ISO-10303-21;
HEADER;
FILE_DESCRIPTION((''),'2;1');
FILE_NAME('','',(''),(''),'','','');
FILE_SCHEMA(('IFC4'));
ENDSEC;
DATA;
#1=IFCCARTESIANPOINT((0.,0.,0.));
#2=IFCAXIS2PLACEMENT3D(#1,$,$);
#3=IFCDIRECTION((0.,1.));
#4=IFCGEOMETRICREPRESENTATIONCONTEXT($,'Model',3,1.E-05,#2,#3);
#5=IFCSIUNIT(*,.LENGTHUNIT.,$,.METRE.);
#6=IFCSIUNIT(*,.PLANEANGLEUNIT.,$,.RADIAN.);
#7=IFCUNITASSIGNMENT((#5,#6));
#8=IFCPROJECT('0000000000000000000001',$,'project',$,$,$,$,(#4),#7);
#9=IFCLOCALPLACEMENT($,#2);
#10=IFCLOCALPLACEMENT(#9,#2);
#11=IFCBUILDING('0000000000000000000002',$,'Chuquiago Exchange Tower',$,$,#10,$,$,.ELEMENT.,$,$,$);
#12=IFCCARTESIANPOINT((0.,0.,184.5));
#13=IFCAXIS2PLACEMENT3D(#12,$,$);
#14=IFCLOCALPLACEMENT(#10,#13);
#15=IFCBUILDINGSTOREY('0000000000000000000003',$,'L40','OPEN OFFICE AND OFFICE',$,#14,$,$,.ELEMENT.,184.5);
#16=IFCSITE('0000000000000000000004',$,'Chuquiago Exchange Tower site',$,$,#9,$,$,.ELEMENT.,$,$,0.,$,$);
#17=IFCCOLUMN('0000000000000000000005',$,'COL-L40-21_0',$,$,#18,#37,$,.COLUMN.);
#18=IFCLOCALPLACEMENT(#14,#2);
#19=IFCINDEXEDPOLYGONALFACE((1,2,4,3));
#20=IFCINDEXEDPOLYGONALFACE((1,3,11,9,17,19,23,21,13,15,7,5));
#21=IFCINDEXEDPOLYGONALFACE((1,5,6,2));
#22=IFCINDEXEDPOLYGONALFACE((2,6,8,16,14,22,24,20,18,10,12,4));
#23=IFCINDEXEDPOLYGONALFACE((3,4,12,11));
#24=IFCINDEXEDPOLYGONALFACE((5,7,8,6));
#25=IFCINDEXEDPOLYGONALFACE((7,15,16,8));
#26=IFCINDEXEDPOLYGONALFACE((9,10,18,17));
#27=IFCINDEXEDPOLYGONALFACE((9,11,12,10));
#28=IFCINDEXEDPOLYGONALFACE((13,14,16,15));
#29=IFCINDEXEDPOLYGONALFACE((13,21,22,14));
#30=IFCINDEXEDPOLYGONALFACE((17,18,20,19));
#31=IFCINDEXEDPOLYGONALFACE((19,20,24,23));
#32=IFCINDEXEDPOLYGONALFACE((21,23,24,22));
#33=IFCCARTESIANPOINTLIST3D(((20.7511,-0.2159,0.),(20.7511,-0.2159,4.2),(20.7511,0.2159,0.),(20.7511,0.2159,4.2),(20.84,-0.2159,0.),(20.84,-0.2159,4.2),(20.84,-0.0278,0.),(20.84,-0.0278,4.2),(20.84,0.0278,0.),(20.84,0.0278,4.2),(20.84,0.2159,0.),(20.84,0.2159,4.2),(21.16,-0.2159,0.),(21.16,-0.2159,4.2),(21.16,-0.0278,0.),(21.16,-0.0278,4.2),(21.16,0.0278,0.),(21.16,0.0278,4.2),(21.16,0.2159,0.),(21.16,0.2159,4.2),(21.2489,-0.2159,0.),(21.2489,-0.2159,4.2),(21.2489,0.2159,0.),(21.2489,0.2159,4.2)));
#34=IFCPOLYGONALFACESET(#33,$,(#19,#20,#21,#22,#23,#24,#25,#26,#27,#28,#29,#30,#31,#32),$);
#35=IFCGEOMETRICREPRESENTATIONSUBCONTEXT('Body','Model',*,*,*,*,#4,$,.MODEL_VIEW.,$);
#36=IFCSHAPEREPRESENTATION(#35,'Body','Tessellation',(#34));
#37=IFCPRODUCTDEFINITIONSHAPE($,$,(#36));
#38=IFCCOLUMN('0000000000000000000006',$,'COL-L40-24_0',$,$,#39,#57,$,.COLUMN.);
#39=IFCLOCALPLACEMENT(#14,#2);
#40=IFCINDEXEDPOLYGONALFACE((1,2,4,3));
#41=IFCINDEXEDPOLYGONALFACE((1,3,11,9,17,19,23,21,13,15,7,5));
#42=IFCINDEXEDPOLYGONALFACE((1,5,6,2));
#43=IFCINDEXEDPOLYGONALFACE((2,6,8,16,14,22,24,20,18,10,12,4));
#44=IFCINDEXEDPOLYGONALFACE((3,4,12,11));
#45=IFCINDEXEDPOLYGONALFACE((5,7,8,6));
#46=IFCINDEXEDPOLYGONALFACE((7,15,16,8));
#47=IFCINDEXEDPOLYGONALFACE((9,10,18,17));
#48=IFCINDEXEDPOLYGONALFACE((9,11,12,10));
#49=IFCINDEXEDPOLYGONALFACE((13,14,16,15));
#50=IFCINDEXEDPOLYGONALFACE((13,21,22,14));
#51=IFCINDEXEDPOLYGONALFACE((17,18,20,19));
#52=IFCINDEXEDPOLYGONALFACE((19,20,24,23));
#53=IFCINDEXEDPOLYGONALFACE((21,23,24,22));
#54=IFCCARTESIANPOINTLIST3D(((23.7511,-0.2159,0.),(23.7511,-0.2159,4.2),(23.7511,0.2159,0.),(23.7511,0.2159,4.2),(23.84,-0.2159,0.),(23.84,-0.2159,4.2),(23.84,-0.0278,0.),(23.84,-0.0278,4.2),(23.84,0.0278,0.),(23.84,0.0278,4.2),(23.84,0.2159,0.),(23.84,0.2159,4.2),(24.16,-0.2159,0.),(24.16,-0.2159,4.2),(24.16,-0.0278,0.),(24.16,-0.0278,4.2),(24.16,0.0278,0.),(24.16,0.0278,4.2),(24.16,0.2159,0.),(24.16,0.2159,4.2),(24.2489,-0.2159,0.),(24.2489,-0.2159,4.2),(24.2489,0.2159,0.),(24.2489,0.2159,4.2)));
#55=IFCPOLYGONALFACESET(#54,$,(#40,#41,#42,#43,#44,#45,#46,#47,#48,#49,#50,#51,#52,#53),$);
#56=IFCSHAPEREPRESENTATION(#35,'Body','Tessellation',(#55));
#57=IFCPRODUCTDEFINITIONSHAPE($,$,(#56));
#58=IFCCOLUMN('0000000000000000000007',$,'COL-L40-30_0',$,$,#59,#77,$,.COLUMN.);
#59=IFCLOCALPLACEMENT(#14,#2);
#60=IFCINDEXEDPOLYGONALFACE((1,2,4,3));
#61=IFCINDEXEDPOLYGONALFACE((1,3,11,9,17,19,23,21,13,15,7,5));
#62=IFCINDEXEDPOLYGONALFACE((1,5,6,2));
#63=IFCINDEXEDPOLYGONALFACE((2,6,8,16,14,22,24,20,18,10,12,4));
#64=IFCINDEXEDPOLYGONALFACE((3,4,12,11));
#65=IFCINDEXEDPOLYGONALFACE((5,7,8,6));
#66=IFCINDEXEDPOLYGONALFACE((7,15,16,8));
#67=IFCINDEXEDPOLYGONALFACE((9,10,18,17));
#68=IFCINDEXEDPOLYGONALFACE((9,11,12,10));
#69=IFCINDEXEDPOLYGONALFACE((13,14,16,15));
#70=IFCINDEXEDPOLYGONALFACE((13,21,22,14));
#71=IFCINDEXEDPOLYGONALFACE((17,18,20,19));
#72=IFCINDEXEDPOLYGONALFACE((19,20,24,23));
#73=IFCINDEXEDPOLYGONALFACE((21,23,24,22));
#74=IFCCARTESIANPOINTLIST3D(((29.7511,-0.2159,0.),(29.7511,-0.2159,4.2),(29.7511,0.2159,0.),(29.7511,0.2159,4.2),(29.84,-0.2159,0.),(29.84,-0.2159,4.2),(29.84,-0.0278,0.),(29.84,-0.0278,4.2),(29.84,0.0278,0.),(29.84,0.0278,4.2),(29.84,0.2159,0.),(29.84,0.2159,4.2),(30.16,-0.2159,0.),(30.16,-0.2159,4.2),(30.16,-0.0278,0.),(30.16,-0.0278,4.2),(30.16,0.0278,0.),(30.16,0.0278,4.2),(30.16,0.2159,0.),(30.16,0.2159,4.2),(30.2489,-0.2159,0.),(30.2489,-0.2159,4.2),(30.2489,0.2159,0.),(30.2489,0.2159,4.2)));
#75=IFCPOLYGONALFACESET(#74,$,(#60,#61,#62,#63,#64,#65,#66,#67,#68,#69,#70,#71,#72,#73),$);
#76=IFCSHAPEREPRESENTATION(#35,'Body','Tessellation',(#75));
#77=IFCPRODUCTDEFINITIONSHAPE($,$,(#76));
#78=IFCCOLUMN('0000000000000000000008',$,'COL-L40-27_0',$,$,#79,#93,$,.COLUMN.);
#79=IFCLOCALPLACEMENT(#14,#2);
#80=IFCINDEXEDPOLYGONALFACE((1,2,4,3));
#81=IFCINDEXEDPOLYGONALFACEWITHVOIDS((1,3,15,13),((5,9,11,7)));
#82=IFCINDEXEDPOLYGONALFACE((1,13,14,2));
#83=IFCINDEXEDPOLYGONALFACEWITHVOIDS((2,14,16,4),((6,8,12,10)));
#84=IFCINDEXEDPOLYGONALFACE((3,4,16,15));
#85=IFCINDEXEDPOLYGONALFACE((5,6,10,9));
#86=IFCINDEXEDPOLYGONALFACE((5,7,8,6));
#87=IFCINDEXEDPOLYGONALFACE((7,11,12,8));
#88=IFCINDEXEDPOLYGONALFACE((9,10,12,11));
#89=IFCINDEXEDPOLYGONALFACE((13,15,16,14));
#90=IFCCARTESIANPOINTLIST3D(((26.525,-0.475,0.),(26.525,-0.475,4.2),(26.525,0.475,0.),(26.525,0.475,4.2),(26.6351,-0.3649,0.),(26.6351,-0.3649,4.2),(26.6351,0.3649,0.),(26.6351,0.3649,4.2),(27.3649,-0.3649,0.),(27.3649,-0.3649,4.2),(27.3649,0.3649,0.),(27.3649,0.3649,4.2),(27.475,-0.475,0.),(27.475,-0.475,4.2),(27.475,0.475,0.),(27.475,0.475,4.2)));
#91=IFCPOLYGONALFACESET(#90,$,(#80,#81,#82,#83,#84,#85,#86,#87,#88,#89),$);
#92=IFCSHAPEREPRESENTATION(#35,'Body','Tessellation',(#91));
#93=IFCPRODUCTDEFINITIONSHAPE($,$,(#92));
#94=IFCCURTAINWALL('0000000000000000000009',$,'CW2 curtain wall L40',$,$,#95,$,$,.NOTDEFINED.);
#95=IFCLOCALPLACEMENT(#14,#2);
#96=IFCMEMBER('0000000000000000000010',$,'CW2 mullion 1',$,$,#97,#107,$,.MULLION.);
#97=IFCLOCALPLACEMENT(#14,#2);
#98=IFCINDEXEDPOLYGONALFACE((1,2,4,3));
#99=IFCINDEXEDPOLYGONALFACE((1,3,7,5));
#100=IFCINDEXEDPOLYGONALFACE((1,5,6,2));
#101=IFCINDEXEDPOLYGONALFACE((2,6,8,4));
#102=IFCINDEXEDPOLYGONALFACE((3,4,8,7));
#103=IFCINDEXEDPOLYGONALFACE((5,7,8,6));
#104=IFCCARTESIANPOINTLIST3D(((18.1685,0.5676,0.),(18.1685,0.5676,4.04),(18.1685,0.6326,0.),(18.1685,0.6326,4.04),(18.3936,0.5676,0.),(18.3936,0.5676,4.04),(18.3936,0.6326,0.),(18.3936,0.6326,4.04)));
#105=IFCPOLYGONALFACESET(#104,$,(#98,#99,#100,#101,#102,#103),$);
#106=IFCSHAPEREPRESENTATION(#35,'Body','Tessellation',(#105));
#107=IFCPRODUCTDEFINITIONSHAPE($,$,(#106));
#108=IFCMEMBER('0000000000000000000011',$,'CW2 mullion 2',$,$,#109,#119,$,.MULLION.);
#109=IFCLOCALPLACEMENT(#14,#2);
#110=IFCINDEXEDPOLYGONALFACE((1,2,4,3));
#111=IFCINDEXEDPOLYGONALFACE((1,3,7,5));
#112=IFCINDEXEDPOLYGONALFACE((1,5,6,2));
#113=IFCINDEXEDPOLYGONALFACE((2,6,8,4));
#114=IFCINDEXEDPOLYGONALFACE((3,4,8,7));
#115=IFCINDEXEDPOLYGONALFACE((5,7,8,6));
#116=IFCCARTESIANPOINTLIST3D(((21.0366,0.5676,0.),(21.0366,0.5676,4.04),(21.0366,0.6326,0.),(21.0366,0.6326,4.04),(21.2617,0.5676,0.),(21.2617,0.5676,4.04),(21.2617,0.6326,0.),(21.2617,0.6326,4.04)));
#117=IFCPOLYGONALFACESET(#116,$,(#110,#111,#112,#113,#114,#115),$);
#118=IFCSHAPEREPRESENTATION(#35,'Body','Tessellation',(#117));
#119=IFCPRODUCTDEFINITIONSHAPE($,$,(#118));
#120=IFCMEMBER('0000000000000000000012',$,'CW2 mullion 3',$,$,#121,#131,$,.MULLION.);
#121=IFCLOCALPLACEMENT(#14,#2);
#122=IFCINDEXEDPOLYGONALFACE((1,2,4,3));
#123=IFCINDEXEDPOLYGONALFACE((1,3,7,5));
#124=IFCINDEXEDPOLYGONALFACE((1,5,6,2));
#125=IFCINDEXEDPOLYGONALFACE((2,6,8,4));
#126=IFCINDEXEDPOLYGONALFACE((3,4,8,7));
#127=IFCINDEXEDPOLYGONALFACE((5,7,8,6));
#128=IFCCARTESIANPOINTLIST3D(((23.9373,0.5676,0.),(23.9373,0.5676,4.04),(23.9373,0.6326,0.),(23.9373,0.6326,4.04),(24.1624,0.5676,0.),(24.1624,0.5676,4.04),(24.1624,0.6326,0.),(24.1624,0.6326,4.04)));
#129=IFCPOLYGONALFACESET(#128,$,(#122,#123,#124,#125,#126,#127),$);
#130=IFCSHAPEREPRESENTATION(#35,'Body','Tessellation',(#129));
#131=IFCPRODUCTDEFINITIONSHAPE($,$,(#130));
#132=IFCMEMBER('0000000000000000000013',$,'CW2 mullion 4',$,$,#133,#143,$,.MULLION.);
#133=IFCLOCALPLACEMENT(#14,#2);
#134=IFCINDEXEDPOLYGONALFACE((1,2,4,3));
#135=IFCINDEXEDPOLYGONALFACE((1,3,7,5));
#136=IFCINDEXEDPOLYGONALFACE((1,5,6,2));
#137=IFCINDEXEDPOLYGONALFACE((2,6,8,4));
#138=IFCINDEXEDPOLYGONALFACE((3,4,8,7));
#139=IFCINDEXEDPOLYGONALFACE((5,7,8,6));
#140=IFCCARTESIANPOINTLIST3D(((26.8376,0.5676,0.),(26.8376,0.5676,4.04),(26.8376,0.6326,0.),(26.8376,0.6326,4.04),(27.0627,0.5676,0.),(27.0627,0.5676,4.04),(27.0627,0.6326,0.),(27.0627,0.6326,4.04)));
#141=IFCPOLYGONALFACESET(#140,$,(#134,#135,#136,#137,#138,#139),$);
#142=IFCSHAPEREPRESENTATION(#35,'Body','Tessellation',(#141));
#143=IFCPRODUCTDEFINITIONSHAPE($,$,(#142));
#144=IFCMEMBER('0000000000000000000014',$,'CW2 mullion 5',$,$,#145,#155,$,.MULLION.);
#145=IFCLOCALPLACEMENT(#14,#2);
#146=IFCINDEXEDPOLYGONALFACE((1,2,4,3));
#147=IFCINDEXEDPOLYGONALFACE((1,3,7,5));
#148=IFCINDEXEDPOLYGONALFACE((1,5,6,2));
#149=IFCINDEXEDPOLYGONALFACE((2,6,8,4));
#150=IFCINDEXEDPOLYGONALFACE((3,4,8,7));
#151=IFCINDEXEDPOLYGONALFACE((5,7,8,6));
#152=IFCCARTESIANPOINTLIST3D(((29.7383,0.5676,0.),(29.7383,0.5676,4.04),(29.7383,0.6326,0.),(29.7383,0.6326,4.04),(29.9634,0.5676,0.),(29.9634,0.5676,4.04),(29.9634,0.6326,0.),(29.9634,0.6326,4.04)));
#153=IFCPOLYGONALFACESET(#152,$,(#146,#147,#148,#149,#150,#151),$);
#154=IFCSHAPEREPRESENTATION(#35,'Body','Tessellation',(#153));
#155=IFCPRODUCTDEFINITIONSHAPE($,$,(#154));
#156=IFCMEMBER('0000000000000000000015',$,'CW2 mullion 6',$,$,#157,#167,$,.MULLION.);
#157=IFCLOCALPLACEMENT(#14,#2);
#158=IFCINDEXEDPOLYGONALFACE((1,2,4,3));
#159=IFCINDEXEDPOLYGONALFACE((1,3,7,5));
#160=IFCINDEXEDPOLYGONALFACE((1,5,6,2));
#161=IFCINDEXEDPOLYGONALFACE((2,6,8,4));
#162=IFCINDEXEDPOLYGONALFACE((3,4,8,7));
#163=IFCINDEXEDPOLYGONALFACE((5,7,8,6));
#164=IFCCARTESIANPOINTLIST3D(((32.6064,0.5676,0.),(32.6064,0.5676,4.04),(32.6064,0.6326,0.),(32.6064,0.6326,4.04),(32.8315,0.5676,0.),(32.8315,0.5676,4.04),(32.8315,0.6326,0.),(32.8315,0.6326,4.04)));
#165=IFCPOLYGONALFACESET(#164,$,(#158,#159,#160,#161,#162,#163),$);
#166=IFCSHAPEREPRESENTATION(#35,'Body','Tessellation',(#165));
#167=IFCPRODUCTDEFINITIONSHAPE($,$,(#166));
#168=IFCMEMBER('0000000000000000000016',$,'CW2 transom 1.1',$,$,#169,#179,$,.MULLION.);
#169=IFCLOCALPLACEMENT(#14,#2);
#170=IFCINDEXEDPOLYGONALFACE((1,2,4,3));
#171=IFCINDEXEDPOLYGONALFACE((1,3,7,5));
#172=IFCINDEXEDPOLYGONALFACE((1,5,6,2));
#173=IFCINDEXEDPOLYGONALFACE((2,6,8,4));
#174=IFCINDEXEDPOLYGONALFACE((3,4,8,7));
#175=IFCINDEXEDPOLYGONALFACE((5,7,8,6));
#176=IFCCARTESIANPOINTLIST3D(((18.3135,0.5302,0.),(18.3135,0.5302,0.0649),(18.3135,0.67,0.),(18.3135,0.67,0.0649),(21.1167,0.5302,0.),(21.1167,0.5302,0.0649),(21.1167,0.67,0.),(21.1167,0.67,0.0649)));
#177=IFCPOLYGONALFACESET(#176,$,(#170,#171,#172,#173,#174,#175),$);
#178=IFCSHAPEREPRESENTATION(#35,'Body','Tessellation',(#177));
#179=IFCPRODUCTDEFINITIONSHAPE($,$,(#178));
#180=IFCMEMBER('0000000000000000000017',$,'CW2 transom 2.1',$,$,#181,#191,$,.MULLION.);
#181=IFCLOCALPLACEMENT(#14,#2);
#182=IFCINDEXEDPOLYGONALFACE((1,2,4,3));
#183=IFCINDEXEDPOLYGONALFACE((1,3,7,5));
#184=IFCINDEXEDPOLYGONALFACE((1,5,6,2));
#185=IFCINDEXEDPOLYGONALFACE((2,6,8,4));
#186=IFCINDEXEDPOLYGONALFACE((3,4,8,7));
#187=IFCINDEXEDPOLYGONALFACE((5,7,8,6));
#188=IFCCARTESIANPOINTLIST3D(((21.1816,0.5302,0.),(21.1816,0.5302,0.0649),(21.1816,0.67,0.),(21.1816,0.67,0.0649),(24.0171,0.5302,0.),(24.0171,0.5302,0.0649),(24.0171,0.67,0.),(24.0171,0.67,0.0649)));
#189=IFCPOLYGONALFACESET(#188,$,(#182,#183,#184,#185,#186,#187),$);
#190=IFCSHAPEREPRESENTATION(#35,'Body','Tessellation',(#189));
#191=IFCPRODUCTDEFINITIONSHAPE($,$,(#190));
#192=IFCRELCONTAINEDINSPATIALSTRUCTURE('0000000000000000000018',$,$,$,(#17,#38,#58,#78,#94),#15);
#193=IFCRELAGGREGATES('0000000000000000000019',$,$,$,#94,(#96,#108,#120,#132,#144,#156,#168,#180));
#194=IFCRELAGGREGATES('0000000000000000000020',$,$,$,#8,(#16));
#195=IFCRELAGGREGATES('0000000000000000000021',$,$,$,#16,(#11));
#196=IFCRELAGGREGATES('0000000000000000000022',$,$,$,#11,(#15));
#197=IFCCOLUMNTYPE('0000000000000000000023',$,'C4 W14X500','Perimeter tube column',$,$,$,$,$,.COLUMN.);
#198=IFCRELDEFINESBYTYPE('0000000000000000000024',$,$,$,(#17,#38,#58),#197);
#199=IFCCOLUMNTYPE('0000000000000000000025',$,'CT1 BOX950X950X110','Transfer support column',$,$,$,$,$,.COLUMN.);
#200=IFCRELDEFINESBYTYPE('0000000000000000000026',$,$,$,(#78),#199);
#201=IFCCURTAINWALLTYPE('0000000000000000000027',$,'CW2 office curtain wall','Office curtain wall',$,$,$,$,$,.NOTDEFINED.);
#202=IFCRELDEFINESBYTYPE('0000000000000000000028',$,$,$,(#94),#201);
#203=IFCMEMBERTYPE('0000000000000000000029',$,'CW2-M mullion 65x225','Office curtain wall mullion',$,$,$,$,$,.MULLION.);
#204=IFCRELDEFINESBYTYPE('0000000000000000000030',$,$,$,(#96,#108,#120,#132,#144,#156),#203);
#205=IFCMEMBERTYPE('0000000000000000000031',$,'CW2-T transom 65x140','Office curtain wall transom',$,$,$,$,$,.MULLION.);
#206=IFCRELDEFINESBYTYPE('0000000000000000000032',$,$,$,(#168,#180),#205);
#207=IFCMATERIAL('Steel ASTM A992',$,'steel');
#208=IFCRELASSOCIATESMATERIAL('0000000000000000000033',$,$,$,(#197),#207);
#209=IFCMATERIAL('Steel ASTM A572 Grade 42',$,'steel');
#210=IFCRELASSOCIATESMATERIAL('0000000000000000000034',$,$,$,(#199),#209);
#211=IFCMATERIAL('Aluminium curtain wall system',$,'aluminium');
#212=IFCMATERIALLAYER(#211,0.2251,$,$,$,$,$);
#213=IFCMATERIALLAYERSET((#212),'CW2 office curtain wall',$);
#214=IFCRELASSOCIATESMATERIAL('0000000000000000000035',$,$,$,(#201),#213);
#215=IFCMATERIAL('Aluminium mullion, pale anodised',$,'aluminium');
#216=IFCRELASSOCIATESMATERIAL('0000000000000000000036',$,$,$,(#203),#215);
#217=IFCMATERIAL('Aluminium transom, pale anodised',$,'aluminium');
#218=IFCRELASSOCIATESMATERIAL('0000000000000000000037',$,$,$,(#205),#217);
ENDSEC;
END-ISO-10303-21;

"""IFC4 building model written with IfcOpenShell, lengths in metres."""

from ifc_helpers import new_model, si_unit, direction, frame, origin, origin_2d, place, context, subcontext, project, spatial, rectangle, hollow_rectangle, i_section, extrude, material, layer, layer_set, material_profile, profile_set, type_object, element, aggregate, save


model = new_model("IFC4")

# Units and contexts
model_context = context("Model", 3, precision=1e-05, world=origin(), true_north=direction((0.0, 1.0)))
body_context = subcontext(model_context, "Body", "Model", "MODEL_VIEW")
ifc_project = project(units=[si_unit("LENGTHUNIT", "METRE"), si_unit("PLANEANGLEUNIT", "RADIAN")], contexts=[model_context])

# Site, building, storey
site_placement = place(None, origin())
site = spatial("IfcSite", under=ifc_project, at=site_placement, Name="Chuquiago Exchange Tower site", CompositionType="ELEMENT", RefElevation=0.0)
building_placement = place(site_placement, origin())
building = spatial("IfcBuilding", under=site, at=building_placement, Name="Chuquiago Exchange Tower", CompositionType="ELEMENT")
storey_placement = place(building_placement, frame((0.0, 0.0, 184.5)))
storey = spatial("IfcBuildingStorey", under=building, at=storey_placement, Name="L40", Description="OPEN OFFICE AND OFFICE", CompositionType="ELEMENT", Elevation=184.5)

# Columns
ifc_material_1 = material(Name="Steel ASTM A992", Category="steel")
ifc_material_profile_1 = material_profile(ifc_material_1, i_section(OverallWidth=0.4319, OverallDepth=0.4978, WebThickness=0.0557, FlangeThickness=0.0889, at=origin_2d()), Name="W14X500")
ifc_profile_set_1 = profile_set([ifc_material_profile_1], Name="Steel ASTM A992")
column_type_1 = type_object("IfcColumnType", Name="C4 W14X500", Description="Perimeter tube column", PredefinedType="COLUMN", material=ifc_profile_set_1)
for number, where, z_axis, x_axis, name in (
    (1, (21.0, 0.0, 0.0), (0.0, 0.0, 1.0), (0.0, -1.0, 0.0), "COL-L40-21_0"),
    (2, (24.0, 0.0, 0.0), (0.0, 0.0, 1.0), (0.0, -1.0, 0.0), "COL-L40-24_0"),
    (3, (30.0, 0.0, 0.0), (0.0, 0.0, 1.0), (0.0, -1.0, 0.0), "COL-L40-30_0"),
):
    element("IfcColumn", number, at=place(storey_placement, frame(where, z_axis=z_axis, x_axis=x_axis)), inside=storey, type_object=column_type_1, Name=name, PredefinedType="COLUMN", context=body_context, shape_type="SweptSolid", body=[
        extrude(i_section(OverallWidth=0.4319, OverallDepth=0.4978, WebThickness=0.0557, FlangeThickness=0.0889, at=origin_2d()), origin(), (0.0, 0.0, 1.0), 4.2),
    ])
ifc_material_2 = material(Name="Steel ASTM A572 Grade 42", Category="steel")
ifc_material_profile_2 = material_profile(ifc_material_2, hollow_rectangle(XDim=0.95, YDim=0.95, WallThickness=0.1101, at=origin_2d()), Name="BOX950X950X110")
ifc_profile_set_2 = profile_set([ifc_material_profile_2], Name="Steel ASTM A572 Grade 42")
column_type_2 = type_object("IfcColumnType", Name="CT1 BOX950X950X110", Description="Transfer support column", PredefinedType="COLUMN", material=ifc_profile_set_2)
column_placement = place(storey_placement, frame((27.0, 0.0, 0.0), z_axis=(0.0, 0.0, 1.0), x_axis=(0.0, -1.0, 0.0)))
element("IfcColumn", 4, at=column_placement, inside=storey, type_object=column_type_2, Name="COL-L40-27_0", PredefinedType="COLUMN", context=body_context, shape_type="SweptSolid", body=[
    extrude(hollow_rectangle(XDim=0.95, YDim=0.95, WallThickness=0.1101, at=origin_2d()), origin(), (0.0, 0.0, 1.0), 4.2),
])

# Curtain wall, members
ifc_material_3 = material(Name="Aluminium curtain wall system", Category="aluminium")
ifc_layer_1 = layer(ifc_material_3, 0.2251)
ifc_layer_set_1 = layer_set([ifc_layer_1], Name="CW2 office curtain wall")
curtain_wall_type = type_object("IfcCurtainWallType", Name="CW2 office curtain wall", Description="Office curtain wall", PredefinedType="NOTDEFINED", material=ifc_layer_set_1)
curtain_wall_placement = place(storey_placement, origin())
curtain_wall = element("IfcCurtainWall", 5, at=curtain_wall_placement, inside=storey, type_object=curtain_wall_type, Name="CW2 curtain wall L40", PredefinedType="NOTDEFINED")
ifc_material_4 = material(Name="Aluminium mullion, pale anodised", Category="aluminium")
ifc_material_profile_3 = material_profile(ifc_material_4, rectangle(XDim=0.0649, YDim=0.2251, at=origin_2d()), Name="AL 65x225")
ifc_profile_set_3 = profile_set([ifc_material_profile_3], Name="Aluminium mullion, pale anodised")
member_type_1 = type_object("IfcMemberType", Name="CW2-M mullion 65x225", Description="Office curtain wall mullion", PredefinedType="MULLION", material=ifc_profile_set_3)
member_1_placement = place(storey_placement, frame((18.281, 0.6001, 0.0), z_axis=(0.0, 0.0, 1.0), x_axis=(0.0, 1.0, 0.0)))
member_1 = element("IfcMember", 6, at=member_1_placement, type_object=member_type_1, Name="CW2 mullion 1", PredefinedType="MULLION", context=body_context, shape_type="SweptSolid", body=[
    extrude(rectangle(XDim=0.0649, YDim=0.2251, at=origin_2d()), origin(), (0.0, 0.0, 1.0), 4.04),
])
member_2_placement = place(storey_placement, frame((21.1492, 0.6001, 0.0), z_axis=(0.0, 0.0, 1.0), x_axis=(0.0, 1.0, 0.0)))
member_2 = element("IfcMember", 7, at=member_2_placement, type_object=member_type_1, Name="CW2 mullion 2", PredefinedType="MULLION", context=body_context, shape_type="SweptSolid", body=[
    extrude(rectangle(XDim=0.0649, YDim=0.2251, at=origin_2d()), origin(), (0.0, 0.0, 1.0), 4.04),
])
member_3_placement = place(storey_placement, frame((24.0498, 0.6001, 0.0), z_axis=(0.0, 0.0, 1.0), x_axis=(0.0, 1.0, 0.0)))
member_3 = element("IfcMember", 8, at=member_3_placement, type_object=member_type_1, Name="CW2 mullion 3", PredefinedType="MULLION", context=body_context, shape_type="SweptSolid", body=[
    extrude(rectangle(XDim=0.0649, YDim=0.2251, at=origin_2d()), origin(), (0.0, 0.0, 1.0), 4.04),
])
member_4_placement = place(storey_placement, frame((26.9502, 0.6001, 0.0), z_axis=(0.0, 0.0, 1.0), x_axis=(0.0, 1.0, 0.0)))
member_4 = element("IfcMember", 9, at=member_4_placement, type_object=member_type_1, Name="CW2 mullion 4", PredefinedType="MULLION", context=body_context, shape_type="SweptSolid", body=[
    extrude(rectangle(XDim=0.0649, YDim=0.2251, at=origin_2d()), origin(), (0.0, 0.0, 1.0), 4.04),
])
member_5_placement = place(storey_placement, frame((29.8508, 0.6001, 0.0), z_axis=(0.0, 0.0, 1.0), x_axis=(0.0, 1.0, 0.0)))
member_5 = element("IfcMember", 10, at=member_5_placement, type_object=member_type_1, Name="CW2 mullion 5", PredefinedType="MULLION", context=body_context, shape_type="SweptSolid", body=[
    extrude(rectangle(XDim=0.0649, YDim=0.2251, at=origin_2d()), origin(), (0.0, 0.0, 1.0), 4.04),
])
member_6_placement = place(storey_placement, frame((32.719, 0.6001, 0.0), z_axis=(0.0, 0.0, 1.0), x_axis=(0.0, 1.0, 0.0)))
member_6 = element("IfcMember", 11, at=member_6_placement, type_object=member_type_1, Name="CW2 mullion 6", PredefinedType="MULLION", context=body_context, shape_type="SweptSolid", body=[
    extrude(rectangle(XDim=0.0649, YDim=0.2251, at=origin_2d()), origin(), (0.0, 0.0, 1.0), 4.04),
])
ifc_material_5 = material(Name="Aluminium transom, pale anodised", Category="aluminium")
ifc_material_profile_4 = material_profile(ifc_material_5, rectangle(XDim=0.1399, YDim=0.0649, at=origin_2d()), Name="AL 140x65")
ifc_profile_set_4 = profile_set([ifc_material_profile_4], Name="Aluminium transom, pale anodised")
member_type_2 = type_object("IfcMemberType", Name="CW2-T transom 65x140", Description="Office curtain wall transom", PredefinedType="MULLION", material=ifc_profile_set_4)
member_7_placement = place(storey_placement, frame((18.3135, 0.6001, 0.0325), z_axis=(1.0, 0.0, 0.0), x_axis=(0.0, 1.0, 0.0)))
member_7 = element("IfcMember", 12, at=member_7_placement, type_object=member_type_2, Name="CW2 transom 1.1", PredefinedType="MULLION", context=body_context, shape_type="SweptSolid", body=[
    extrude(rectangle(XDim=0.1399, YDim=0.0649, at=origin_2d()), origin(), (0.0, 0.0, 1.0), 2.8032),
])
member_8_placement = place(storey_placement, frame((21.1816, 0.6001, 0.0325), z_axis=(1.0, 0.0, 0.0), x_axis=(0.0, 1.0, 0.0)))
member_8 = element("IfcMember", 13, at=member_8_placement, type_object=member_type_2, Name="CW2 transom 2.1", PredefinedType="MULLION", context=body_context, shape_type="SweptSolid", body=[
    extrude(rectangle(XDim=0.1399, YDim=0.0649, at=origin_2d()), origin(), (0.0, 0.0, 1.0), 2.8354),
])

aggregate(curtain_wall, [member_1, member_2, member_3, member_4, member_5, member_6, member_7, member_8])

save(model, "model.ifc")
